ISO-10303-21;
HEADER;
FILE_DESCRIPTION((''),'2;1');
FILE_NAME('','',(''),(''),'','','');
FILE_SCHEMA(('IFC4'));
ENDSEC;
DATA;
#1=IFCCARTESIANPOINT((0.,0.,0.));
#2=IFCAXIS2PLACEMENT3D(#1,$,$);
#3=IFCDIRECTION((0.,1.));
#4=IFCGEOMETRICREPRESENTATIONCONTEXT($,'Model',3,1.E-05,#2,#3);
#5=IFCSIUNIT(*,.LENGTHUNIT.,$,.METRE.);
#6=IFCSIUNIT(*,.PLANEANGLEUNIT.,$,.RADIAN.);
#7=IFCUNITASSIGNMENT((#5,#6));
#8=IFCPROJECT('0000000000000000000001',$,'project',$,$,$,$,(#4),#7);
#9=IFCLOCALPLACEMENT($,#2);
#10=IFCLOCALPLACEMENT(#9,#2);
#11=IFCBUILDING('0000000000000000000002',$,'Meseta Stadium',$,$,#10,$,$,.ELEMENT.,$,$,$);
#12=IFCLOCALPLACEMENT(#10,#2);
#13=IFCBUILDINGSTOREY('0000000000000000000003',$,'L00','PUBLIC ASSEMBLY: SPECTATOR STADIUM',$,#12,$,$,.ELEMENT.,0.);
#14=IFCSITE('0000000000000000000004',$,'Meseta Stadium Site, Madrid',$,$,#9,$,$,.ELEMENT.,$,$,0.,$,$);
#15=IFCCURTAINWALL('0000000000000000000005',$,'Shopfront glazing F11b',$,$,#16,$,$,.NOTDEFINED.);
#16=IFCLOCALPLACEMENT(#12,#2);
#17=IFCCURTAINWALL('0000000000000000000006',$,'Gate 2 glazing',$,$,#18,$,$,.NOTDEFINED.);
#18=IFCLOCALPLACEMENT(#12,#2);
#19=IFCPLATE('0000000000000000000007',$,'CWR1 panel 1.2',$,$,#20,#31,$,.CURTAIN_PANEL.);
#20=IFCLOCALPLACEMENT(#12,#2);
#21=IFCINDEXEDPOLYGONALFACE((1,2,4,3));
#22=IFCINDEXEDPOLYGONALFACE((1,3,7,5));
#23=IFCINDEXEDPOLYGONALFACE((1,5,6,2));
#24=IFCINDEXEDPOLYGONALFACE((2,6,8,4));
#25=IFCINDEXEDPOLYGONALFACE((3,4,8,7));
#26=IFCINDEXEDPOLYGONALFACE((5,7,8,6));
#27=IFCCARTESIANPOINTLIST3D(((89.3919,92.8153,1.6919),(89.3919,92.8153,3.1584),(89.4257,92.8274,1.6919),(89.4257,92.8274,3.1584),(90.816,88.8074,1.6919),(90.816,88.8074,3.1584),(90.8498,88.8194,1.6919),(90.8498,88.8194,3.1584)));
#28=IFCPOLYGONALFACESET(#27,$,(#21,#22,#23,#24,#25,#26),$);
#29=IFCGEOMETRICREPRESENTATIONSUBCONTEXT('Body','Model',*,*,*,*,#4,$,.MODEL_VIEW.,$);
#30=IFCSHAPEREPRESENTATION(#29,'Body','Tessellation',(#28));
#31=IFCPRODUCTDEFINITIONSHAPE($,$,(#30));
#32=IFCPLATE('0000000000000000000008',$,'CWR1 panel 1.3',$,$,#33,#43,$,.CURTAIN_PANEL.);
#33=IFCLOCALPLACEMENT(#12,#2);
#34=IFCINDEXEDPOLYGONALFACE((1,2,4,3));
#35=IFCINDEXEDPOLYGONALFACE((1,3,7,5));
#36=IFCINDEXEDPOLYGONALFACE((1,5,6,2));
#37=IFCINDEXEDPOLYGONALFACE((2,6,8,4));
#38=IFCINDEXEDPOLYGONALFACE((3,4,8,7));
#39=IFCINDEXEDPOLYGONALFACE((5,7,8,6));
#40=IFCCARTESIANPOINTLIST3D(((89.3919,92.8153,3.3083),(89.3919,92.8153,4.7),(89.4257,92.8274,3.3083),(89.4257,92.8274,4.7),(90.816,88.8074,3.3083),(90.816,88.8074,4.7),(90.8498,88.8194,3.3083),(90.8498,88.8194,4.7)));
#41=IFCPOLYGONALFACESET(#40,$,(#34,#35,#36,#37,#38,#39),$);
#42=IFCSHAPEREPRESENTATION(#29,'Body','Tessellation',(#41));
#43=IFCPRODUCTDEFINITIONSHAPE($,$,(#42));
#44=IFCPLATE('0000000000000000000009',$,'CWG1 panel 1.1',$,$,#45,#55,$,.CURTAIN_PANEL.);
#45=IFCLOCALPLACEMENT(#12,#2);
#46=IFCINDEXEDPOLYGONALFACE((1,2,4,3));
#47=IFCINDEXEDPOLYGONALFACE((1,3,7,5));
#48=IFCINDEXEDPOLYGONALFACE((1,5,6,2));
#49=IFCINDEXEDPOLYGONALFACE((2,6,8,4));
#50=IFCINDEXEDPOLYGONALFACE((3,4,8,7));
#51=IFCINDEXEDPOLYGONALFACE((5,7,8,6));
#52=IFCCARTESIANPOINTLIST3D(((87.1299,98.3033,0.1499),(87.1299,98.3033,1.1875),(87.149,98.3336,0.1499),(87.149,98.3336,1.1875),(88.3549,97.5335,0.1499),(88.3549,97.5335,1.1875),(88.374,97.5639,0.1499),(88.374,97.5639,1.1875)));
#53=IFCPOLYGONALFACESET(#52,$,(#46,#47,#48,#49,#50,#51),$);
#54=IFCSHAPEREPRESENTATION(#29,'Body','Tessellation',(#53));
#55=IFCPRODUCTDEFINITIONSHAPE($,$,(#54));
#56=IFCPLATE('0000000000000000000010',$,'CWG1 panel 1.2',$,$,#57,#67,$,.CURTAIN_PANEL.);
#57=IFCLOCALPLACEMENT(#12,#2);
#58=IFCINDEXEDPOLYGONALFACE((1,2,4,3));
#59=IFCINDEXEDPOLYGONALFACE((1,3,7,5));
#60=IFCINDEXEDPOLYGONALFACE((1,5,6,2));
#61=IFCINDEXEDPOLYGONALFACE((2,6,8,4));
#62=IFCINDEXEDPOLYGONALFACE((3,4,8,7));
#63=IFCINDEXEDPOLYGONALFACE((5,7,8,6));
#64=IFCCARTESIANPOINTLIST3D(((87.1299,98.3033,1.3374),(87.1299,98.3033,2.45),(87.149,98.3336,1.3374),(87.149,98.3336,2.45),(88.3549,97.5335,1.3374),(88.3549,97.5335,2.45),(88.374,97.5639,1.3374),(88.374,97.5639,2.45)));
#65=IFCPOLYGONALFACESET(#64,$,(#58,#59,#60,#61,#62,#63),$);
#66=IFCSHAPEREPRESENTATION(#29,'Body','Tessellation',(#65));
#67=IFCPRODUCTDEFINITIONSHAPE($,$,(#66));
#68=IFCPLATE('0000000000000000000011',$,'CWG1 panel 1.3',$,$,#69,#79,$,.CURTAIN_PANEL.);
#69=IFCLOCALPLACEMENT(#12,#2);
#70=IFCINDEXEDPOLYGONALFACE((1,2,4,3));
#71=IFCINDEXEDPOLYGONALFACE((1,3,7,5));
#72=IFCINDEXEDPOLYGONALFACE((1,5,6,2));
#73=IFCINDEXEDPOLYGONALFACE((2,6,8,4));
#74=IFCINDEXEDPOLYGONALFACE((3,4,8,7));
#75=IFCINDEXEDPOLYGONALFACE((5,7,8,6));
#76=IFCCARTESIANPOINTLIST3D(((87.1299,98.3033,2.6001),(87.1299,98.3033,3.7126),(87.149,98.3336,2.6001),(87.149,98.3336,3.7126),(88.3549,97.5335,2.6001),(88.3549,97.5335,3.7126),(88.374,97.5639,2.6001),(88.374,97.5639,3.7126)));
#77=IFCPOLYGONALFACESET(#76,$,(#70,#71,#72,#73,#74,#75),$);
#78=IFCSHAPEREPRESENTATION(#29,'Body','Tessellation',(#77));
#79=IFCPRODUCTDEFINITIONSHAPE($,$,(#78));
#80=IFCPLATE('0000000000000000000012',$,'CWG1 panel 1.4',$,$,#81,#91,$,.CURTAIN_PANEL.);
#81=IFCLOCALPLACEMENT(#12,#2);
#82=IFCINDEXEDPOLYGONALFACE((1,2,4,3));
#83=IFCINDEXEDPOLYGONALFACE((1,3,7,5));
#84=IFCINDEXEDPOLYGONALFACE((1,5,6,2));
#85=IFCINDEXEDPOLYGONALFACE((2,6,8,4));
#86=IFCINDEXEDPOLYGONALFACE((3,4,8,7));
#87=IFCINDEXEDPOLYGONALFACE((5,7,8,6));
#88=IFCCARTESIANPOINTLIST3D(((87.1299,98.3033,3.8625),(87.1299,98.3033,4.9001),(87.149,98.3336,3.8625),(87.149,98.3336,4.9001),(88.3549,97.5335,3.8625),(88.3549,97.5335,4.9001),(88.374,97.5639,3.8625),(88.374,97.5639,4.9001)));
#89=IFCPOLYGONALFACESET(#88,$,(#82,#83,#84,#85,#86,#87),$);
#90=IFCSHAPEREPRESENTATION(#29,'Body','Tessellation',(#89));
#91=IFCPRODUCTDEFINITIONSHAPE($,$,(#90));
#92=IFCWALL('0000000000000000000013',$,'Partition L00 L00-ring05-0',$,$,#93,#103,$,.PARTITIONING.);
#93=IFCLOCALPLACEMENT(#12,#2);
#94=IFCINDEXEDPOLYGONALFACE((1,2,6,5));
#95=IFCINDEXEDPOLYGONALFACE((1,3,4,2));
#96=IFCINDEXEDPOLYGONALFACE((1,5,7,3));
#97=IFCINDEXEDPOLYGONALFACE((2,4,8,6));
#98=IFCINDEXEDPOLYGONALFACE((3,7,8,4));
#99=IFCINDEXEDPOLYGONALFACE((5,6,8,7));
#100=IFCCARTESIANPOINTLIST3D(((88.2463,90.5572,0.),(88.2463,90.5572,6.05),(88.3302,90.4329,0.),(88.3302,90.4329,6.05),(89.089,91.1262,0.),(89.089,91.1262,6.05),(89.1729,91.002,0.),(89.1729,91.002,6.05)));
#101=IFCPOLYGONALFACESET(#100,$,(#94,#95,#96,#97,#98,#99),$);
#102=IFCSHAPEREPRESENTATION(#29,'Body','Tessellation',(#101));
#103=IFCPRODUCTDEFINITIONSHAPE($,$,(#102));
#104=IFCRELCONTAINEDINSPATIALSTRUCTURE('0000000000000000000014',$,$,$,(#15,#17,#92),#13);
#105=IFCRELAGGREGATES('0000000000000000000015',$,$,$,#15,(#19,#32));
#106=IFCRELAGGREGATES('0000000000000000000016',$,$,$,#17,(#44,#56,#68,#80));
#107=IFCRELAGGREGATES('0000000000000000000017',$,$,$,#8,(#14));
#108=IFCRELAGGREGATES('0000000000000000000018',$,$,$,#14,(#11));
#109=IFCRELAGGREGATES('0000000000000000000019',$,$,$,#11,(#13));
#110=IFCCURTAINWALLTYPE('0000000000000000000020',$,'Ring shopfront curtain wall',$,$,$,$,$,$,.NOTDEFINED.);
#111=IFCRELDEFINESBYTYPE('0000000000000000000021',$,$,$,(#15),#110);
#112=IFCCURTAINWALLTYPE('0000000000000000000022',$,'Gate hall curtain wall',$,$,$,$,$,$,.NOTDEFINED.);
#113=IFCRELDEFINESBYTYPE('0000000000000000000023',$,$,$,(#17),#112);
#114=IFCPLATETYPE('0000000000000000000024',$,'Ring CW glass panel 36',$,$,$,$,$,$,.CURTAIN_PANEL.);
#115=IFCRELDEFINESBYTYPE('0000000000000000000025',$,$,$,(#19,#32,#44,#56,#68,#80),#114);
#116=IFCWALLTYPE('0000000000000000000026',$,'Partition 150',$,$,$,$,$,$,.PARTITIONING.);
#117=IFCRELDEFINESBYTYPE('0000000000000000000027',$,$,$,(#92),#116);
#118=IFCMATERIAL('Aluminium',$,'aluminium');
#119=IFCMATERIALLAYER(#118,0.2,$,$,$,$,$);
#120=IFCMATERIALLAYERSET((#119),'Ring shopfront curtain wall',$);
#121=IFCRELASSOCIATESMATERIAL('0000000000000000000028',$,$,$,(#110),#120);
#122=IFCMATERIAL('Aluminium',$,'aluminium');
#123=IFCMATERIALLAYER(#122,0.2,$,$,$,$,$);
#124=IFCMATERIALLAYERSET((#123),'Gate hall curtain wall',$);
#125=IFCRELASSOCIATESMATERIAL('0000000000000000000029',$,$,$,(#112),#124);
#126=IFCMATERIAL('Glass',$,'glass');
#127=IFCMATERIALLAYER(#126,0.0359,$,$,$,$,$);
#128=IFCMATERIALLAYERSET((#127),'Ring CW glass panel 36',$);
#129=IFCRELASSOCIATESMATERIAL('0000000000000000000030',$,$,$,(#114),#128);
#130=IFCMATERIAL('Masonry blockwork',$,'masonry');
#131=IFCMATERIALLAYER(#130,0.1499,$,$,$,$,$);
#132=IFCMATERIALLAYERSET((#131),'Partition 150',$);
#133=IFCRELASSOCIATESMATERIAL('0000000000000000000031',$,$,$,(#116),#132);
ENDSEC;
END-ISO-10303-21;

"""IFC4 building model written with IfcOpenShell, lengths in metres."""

from ifc_helpers import new_model, si_unit, direction, frame, frame_2d, origin, origin_2d, place, context, subcontext, project, spatial, rectangle, extrude, material, layer, layer_set, type_object, element, aggregate, save


model = new_model("IFC4")

# Units and contexts
model_context = context("Model", 3, precision=1e-05, world=origin(), true_north=direction((0.0, 1.0)))
body_context = subcontext(model_context, "Body", "Model", "MODEL_VIEW")
ifc_project = project(units=[si_unit("LENGTHUNIT", "METRE"), si_unit("PLANEANGLEUNIT", "RADIAN")], contexts=[model_context])

# Site, building, storey
site_placement = place(None, origin())
site = spatial("IfcSite", under=ifc_project, at=site_placement, Name="Meseta Stadium Site, Madrid", CompositionType="ELEMENT", RefElevation=0.0)
building_placement = place(site_placement, origin())
building = spatial("IfcBuilding", under=site, at=building_placement, Name="Meseta Stadium", CompositionType="ELEMENT")
storey_placement = place(building_placement, origin())
storey = spatial("IfcBuildingStorey", under=building, at=storey_placement, Name="L00", Description="PUBLIC ASSEMBLY: SPECTATOR STADIUM", CompositionType="ELEMENT", Elevation=0.0)

# Curtain wall
ifc_material_1 = material(Name="Aluminium", Category="aluminium")
ifc_layer_1 = layer(ifc_material_1, 0.2)
ifc_layer_set_1 = layer_set([ifc_layer_1], Name="Ring shopfront curtain wall")
curtain_wall_type_1 = type_object("IfcCurtainWallType", Name="Ring shopfront curtain wall", PredefinedType="NOTDEFINED", material=ifc_layer_set_1)
curtain_wall_1_placement = place(storey_placement, origin())
curtain_wall_1 = element("IfcCurtainWall", 1, at=curtain_wall_1_placement, inside=storey, type_object=curtain_wall_type_1, Name="Shopfront glazing F11b", PredefinedType="NOTDEFINED")

# Curtain wall
ifc_material_2 = material(Name="Aluminium", Category="aluminium")
ifc_layer_2 = layer(ifc_material_2, 0.2)
ifc_layer_set_2 = layer_set([ifc_layer_2], Name="Gate hall curtain wall")
curtain_wall_type_2 = type_object("IfcCurtainWallType", Name="Gate hall curtain wall", PredefinedType="NOTDEFINED", material=ifc_layer_set_2)
curtain_wall_2_placement = place(storey_placement, origin())
curtain_wall_2 = element("IfcCurtainWall", 2, at=curtain_wall_2_placement, inside=storey, type_object=curtain_wall_type_2, Name="Gate 2 glazing", PredefinedType="NOTDEFINED")

# Plates
ifc_material_3 = material(Name="Glass", Category="glass")
ifc_layer_3 = layer(ifc_material_3, 0.0359)
ifc_layer_set_3 = layer_set([ifc_layer_3], Name="Ring CW glass panel 36")
plate_type = type_object("IfcPlateType", Name="Ring CW glass panel 36", PredefinedType="CURTAIN_PANEL", material=ifc_layer_set_3)
plate_1_placement = place(storey_placement, frame((90.1208, 90.8174, 1.6919), z_axis=(0.0, 0.0, 1.0), x_axis=(-0.334818, 0.942283, 0.0)))
plate_1 = element("IfcPlate", 3, at=plate_1_placement, type_object=plate_type, Name="CWR1 panel 1.2", PredefinedType="CURTAIN_PANEL", context=body_context, shape_type="SweptSolid", body=[
    extrude(rectangle(XDim=4.2534, YDim=0.0359, at=origin_2d()), origin(), (0.0, 0.0, 1.0), 1.4666),
])
plate_2_placement = place(storey_placement, frame((90.1208, 90.8174, 3.3083), z_axis=(0.0, 0.0, 1.0), x_axis=(-0.334818, 0.942283, 0.0)))
plate_2 = element("IfcPlate", 4, at=plate_2_placement, type_object=plate_type, Name="CWR1 panel 1.3", PredefinedType="CURTAIN_PANEL", context=body_context, shape_type="SweptSolid", body=[
    extrude(rectangle(XDim=4.2534, YDim=0.0359, at=origin_2d()), origin(), (0.0, 0.0, 1.0), 1.3916),
])
aggregate(curtain_wall_1, [plate_1, plate_2])
plate_3_placement = place(storey_placement, frame((87.752, 97.9336, 0.1499), z_axis=(0.0, 0.0, 1.0), x_axis=(-0.84673, 0.532023, 0.0)))
plate_3 = element("IfcPlate", 5, at=plate_3_placement, type_object=plate_type, Name="CWG1 panel 1.1", PredefinedType="CURTAIN_PANEL", context=body_context, shape_type="SweptSolid", body=[
    extrude(rectangle(XDim=1.4468, YDim=0.0359, at=origin_2d()), origin(), (0.0, 0.0, 1.0), 1.0376),
])
plate_4_placement = place(storey_placement, frame((87.752, 97.9336, 1.3374), z_axis=(0.0, 0.0, 1.0), x_axis=(-0.84673, 0.532023, 0.0)))
plate_4 = element("IfcPlate", 6, at=plate_4_placement, type_object=plate_type, Name="CWG1 panel 1.2", PredefinedType="CURTAIN_PANEL", context=body_context, shape_type="SweptSolid", body=[
    extrude(rectangle(XDim=1.4468, YDim=0.0359, at=origin_2d()), origin(), (0.0, 0.0, 1.0), 1.1125),
])
plate_5_placement = place(storey_placement, frame((87.752, 97.9336, 2.6001), z_axis=(0.0, 0.0, 1.0), x_axis=(-0.84673, 0.532023, 0.0)))
plate_5 = element("IfcPlate", 7, at=plate_5_placement, type_object=plate_type, Name="CWG1 panel 1.3", PredefinedType="CURTAIN_PANEL", context=body_context, shape_type="SweptSolid", body=[
    extrude(rectangle(XDim=1.4468, YDim=0.0359, at=origin_2d()), origin(), (0.0, 0.0, 1.0), 1.1125),
])
plate_6_placement = place(storey_placement, frame((87.752, 97.9336, 3.8625), z_axis=(0.0, 0.0, 1.0), x_axis=(-0.84673, 0.532023, 0.0)))
plate_6 = element("IfcPlate", 8, at=plate_6_placement, type_object=plate_type, Name="CWG1 panel 1.4", PredefinedType="CURTAIN_PANEL", context=body_context, shape_type="SweptSolid", body=[
    extrude(rectangle(XDim=1.4468, YDim=0.0359, at=origin_2d()), origin(), (0.0, 0.0, 1.0), 1.0376),
])
aggregate(curtain_wall_2, [plate_3, plate_4, plate_5, plate_6])

# Wall
ifc_material_4 = material(Name="Masonry blockwork", Category="masonry")
ifc_layer_4 = layer(ifc_material_4, 0.1499)
ifc_layer_set_4 = layer_set([ifc_layer_4], Name="Partition 150")
wall_type_1 = type_object("IfcWallType", Name="Partition 150", PredefinedType="PARTITIONING", material=ifc_layer_set_4)
wall_1_placement = place(storey_placement, frame((88.2883, 90.4951, 0.0), z_axis=(0.0, 0.0, 1.0), x_axis=(0.828748, 0.559621, 0.0)))
element("IfcWall", 9, at=wall_1_placement, inside=storey, type_object=wall_type_1, Name="Partition L00 L00-ring05-0", PredefinedType="PARTITIONING", context=body_context, shape_type="SweptSolid", body=[
    extrude(rectangle(XDim=1.0168, YDim=0.1499, at=frame_2d((0.5083, 0.0))), origin(), (0.0, 0.0, 1.0), 6.05),
])

save(model, "model.ifc")
